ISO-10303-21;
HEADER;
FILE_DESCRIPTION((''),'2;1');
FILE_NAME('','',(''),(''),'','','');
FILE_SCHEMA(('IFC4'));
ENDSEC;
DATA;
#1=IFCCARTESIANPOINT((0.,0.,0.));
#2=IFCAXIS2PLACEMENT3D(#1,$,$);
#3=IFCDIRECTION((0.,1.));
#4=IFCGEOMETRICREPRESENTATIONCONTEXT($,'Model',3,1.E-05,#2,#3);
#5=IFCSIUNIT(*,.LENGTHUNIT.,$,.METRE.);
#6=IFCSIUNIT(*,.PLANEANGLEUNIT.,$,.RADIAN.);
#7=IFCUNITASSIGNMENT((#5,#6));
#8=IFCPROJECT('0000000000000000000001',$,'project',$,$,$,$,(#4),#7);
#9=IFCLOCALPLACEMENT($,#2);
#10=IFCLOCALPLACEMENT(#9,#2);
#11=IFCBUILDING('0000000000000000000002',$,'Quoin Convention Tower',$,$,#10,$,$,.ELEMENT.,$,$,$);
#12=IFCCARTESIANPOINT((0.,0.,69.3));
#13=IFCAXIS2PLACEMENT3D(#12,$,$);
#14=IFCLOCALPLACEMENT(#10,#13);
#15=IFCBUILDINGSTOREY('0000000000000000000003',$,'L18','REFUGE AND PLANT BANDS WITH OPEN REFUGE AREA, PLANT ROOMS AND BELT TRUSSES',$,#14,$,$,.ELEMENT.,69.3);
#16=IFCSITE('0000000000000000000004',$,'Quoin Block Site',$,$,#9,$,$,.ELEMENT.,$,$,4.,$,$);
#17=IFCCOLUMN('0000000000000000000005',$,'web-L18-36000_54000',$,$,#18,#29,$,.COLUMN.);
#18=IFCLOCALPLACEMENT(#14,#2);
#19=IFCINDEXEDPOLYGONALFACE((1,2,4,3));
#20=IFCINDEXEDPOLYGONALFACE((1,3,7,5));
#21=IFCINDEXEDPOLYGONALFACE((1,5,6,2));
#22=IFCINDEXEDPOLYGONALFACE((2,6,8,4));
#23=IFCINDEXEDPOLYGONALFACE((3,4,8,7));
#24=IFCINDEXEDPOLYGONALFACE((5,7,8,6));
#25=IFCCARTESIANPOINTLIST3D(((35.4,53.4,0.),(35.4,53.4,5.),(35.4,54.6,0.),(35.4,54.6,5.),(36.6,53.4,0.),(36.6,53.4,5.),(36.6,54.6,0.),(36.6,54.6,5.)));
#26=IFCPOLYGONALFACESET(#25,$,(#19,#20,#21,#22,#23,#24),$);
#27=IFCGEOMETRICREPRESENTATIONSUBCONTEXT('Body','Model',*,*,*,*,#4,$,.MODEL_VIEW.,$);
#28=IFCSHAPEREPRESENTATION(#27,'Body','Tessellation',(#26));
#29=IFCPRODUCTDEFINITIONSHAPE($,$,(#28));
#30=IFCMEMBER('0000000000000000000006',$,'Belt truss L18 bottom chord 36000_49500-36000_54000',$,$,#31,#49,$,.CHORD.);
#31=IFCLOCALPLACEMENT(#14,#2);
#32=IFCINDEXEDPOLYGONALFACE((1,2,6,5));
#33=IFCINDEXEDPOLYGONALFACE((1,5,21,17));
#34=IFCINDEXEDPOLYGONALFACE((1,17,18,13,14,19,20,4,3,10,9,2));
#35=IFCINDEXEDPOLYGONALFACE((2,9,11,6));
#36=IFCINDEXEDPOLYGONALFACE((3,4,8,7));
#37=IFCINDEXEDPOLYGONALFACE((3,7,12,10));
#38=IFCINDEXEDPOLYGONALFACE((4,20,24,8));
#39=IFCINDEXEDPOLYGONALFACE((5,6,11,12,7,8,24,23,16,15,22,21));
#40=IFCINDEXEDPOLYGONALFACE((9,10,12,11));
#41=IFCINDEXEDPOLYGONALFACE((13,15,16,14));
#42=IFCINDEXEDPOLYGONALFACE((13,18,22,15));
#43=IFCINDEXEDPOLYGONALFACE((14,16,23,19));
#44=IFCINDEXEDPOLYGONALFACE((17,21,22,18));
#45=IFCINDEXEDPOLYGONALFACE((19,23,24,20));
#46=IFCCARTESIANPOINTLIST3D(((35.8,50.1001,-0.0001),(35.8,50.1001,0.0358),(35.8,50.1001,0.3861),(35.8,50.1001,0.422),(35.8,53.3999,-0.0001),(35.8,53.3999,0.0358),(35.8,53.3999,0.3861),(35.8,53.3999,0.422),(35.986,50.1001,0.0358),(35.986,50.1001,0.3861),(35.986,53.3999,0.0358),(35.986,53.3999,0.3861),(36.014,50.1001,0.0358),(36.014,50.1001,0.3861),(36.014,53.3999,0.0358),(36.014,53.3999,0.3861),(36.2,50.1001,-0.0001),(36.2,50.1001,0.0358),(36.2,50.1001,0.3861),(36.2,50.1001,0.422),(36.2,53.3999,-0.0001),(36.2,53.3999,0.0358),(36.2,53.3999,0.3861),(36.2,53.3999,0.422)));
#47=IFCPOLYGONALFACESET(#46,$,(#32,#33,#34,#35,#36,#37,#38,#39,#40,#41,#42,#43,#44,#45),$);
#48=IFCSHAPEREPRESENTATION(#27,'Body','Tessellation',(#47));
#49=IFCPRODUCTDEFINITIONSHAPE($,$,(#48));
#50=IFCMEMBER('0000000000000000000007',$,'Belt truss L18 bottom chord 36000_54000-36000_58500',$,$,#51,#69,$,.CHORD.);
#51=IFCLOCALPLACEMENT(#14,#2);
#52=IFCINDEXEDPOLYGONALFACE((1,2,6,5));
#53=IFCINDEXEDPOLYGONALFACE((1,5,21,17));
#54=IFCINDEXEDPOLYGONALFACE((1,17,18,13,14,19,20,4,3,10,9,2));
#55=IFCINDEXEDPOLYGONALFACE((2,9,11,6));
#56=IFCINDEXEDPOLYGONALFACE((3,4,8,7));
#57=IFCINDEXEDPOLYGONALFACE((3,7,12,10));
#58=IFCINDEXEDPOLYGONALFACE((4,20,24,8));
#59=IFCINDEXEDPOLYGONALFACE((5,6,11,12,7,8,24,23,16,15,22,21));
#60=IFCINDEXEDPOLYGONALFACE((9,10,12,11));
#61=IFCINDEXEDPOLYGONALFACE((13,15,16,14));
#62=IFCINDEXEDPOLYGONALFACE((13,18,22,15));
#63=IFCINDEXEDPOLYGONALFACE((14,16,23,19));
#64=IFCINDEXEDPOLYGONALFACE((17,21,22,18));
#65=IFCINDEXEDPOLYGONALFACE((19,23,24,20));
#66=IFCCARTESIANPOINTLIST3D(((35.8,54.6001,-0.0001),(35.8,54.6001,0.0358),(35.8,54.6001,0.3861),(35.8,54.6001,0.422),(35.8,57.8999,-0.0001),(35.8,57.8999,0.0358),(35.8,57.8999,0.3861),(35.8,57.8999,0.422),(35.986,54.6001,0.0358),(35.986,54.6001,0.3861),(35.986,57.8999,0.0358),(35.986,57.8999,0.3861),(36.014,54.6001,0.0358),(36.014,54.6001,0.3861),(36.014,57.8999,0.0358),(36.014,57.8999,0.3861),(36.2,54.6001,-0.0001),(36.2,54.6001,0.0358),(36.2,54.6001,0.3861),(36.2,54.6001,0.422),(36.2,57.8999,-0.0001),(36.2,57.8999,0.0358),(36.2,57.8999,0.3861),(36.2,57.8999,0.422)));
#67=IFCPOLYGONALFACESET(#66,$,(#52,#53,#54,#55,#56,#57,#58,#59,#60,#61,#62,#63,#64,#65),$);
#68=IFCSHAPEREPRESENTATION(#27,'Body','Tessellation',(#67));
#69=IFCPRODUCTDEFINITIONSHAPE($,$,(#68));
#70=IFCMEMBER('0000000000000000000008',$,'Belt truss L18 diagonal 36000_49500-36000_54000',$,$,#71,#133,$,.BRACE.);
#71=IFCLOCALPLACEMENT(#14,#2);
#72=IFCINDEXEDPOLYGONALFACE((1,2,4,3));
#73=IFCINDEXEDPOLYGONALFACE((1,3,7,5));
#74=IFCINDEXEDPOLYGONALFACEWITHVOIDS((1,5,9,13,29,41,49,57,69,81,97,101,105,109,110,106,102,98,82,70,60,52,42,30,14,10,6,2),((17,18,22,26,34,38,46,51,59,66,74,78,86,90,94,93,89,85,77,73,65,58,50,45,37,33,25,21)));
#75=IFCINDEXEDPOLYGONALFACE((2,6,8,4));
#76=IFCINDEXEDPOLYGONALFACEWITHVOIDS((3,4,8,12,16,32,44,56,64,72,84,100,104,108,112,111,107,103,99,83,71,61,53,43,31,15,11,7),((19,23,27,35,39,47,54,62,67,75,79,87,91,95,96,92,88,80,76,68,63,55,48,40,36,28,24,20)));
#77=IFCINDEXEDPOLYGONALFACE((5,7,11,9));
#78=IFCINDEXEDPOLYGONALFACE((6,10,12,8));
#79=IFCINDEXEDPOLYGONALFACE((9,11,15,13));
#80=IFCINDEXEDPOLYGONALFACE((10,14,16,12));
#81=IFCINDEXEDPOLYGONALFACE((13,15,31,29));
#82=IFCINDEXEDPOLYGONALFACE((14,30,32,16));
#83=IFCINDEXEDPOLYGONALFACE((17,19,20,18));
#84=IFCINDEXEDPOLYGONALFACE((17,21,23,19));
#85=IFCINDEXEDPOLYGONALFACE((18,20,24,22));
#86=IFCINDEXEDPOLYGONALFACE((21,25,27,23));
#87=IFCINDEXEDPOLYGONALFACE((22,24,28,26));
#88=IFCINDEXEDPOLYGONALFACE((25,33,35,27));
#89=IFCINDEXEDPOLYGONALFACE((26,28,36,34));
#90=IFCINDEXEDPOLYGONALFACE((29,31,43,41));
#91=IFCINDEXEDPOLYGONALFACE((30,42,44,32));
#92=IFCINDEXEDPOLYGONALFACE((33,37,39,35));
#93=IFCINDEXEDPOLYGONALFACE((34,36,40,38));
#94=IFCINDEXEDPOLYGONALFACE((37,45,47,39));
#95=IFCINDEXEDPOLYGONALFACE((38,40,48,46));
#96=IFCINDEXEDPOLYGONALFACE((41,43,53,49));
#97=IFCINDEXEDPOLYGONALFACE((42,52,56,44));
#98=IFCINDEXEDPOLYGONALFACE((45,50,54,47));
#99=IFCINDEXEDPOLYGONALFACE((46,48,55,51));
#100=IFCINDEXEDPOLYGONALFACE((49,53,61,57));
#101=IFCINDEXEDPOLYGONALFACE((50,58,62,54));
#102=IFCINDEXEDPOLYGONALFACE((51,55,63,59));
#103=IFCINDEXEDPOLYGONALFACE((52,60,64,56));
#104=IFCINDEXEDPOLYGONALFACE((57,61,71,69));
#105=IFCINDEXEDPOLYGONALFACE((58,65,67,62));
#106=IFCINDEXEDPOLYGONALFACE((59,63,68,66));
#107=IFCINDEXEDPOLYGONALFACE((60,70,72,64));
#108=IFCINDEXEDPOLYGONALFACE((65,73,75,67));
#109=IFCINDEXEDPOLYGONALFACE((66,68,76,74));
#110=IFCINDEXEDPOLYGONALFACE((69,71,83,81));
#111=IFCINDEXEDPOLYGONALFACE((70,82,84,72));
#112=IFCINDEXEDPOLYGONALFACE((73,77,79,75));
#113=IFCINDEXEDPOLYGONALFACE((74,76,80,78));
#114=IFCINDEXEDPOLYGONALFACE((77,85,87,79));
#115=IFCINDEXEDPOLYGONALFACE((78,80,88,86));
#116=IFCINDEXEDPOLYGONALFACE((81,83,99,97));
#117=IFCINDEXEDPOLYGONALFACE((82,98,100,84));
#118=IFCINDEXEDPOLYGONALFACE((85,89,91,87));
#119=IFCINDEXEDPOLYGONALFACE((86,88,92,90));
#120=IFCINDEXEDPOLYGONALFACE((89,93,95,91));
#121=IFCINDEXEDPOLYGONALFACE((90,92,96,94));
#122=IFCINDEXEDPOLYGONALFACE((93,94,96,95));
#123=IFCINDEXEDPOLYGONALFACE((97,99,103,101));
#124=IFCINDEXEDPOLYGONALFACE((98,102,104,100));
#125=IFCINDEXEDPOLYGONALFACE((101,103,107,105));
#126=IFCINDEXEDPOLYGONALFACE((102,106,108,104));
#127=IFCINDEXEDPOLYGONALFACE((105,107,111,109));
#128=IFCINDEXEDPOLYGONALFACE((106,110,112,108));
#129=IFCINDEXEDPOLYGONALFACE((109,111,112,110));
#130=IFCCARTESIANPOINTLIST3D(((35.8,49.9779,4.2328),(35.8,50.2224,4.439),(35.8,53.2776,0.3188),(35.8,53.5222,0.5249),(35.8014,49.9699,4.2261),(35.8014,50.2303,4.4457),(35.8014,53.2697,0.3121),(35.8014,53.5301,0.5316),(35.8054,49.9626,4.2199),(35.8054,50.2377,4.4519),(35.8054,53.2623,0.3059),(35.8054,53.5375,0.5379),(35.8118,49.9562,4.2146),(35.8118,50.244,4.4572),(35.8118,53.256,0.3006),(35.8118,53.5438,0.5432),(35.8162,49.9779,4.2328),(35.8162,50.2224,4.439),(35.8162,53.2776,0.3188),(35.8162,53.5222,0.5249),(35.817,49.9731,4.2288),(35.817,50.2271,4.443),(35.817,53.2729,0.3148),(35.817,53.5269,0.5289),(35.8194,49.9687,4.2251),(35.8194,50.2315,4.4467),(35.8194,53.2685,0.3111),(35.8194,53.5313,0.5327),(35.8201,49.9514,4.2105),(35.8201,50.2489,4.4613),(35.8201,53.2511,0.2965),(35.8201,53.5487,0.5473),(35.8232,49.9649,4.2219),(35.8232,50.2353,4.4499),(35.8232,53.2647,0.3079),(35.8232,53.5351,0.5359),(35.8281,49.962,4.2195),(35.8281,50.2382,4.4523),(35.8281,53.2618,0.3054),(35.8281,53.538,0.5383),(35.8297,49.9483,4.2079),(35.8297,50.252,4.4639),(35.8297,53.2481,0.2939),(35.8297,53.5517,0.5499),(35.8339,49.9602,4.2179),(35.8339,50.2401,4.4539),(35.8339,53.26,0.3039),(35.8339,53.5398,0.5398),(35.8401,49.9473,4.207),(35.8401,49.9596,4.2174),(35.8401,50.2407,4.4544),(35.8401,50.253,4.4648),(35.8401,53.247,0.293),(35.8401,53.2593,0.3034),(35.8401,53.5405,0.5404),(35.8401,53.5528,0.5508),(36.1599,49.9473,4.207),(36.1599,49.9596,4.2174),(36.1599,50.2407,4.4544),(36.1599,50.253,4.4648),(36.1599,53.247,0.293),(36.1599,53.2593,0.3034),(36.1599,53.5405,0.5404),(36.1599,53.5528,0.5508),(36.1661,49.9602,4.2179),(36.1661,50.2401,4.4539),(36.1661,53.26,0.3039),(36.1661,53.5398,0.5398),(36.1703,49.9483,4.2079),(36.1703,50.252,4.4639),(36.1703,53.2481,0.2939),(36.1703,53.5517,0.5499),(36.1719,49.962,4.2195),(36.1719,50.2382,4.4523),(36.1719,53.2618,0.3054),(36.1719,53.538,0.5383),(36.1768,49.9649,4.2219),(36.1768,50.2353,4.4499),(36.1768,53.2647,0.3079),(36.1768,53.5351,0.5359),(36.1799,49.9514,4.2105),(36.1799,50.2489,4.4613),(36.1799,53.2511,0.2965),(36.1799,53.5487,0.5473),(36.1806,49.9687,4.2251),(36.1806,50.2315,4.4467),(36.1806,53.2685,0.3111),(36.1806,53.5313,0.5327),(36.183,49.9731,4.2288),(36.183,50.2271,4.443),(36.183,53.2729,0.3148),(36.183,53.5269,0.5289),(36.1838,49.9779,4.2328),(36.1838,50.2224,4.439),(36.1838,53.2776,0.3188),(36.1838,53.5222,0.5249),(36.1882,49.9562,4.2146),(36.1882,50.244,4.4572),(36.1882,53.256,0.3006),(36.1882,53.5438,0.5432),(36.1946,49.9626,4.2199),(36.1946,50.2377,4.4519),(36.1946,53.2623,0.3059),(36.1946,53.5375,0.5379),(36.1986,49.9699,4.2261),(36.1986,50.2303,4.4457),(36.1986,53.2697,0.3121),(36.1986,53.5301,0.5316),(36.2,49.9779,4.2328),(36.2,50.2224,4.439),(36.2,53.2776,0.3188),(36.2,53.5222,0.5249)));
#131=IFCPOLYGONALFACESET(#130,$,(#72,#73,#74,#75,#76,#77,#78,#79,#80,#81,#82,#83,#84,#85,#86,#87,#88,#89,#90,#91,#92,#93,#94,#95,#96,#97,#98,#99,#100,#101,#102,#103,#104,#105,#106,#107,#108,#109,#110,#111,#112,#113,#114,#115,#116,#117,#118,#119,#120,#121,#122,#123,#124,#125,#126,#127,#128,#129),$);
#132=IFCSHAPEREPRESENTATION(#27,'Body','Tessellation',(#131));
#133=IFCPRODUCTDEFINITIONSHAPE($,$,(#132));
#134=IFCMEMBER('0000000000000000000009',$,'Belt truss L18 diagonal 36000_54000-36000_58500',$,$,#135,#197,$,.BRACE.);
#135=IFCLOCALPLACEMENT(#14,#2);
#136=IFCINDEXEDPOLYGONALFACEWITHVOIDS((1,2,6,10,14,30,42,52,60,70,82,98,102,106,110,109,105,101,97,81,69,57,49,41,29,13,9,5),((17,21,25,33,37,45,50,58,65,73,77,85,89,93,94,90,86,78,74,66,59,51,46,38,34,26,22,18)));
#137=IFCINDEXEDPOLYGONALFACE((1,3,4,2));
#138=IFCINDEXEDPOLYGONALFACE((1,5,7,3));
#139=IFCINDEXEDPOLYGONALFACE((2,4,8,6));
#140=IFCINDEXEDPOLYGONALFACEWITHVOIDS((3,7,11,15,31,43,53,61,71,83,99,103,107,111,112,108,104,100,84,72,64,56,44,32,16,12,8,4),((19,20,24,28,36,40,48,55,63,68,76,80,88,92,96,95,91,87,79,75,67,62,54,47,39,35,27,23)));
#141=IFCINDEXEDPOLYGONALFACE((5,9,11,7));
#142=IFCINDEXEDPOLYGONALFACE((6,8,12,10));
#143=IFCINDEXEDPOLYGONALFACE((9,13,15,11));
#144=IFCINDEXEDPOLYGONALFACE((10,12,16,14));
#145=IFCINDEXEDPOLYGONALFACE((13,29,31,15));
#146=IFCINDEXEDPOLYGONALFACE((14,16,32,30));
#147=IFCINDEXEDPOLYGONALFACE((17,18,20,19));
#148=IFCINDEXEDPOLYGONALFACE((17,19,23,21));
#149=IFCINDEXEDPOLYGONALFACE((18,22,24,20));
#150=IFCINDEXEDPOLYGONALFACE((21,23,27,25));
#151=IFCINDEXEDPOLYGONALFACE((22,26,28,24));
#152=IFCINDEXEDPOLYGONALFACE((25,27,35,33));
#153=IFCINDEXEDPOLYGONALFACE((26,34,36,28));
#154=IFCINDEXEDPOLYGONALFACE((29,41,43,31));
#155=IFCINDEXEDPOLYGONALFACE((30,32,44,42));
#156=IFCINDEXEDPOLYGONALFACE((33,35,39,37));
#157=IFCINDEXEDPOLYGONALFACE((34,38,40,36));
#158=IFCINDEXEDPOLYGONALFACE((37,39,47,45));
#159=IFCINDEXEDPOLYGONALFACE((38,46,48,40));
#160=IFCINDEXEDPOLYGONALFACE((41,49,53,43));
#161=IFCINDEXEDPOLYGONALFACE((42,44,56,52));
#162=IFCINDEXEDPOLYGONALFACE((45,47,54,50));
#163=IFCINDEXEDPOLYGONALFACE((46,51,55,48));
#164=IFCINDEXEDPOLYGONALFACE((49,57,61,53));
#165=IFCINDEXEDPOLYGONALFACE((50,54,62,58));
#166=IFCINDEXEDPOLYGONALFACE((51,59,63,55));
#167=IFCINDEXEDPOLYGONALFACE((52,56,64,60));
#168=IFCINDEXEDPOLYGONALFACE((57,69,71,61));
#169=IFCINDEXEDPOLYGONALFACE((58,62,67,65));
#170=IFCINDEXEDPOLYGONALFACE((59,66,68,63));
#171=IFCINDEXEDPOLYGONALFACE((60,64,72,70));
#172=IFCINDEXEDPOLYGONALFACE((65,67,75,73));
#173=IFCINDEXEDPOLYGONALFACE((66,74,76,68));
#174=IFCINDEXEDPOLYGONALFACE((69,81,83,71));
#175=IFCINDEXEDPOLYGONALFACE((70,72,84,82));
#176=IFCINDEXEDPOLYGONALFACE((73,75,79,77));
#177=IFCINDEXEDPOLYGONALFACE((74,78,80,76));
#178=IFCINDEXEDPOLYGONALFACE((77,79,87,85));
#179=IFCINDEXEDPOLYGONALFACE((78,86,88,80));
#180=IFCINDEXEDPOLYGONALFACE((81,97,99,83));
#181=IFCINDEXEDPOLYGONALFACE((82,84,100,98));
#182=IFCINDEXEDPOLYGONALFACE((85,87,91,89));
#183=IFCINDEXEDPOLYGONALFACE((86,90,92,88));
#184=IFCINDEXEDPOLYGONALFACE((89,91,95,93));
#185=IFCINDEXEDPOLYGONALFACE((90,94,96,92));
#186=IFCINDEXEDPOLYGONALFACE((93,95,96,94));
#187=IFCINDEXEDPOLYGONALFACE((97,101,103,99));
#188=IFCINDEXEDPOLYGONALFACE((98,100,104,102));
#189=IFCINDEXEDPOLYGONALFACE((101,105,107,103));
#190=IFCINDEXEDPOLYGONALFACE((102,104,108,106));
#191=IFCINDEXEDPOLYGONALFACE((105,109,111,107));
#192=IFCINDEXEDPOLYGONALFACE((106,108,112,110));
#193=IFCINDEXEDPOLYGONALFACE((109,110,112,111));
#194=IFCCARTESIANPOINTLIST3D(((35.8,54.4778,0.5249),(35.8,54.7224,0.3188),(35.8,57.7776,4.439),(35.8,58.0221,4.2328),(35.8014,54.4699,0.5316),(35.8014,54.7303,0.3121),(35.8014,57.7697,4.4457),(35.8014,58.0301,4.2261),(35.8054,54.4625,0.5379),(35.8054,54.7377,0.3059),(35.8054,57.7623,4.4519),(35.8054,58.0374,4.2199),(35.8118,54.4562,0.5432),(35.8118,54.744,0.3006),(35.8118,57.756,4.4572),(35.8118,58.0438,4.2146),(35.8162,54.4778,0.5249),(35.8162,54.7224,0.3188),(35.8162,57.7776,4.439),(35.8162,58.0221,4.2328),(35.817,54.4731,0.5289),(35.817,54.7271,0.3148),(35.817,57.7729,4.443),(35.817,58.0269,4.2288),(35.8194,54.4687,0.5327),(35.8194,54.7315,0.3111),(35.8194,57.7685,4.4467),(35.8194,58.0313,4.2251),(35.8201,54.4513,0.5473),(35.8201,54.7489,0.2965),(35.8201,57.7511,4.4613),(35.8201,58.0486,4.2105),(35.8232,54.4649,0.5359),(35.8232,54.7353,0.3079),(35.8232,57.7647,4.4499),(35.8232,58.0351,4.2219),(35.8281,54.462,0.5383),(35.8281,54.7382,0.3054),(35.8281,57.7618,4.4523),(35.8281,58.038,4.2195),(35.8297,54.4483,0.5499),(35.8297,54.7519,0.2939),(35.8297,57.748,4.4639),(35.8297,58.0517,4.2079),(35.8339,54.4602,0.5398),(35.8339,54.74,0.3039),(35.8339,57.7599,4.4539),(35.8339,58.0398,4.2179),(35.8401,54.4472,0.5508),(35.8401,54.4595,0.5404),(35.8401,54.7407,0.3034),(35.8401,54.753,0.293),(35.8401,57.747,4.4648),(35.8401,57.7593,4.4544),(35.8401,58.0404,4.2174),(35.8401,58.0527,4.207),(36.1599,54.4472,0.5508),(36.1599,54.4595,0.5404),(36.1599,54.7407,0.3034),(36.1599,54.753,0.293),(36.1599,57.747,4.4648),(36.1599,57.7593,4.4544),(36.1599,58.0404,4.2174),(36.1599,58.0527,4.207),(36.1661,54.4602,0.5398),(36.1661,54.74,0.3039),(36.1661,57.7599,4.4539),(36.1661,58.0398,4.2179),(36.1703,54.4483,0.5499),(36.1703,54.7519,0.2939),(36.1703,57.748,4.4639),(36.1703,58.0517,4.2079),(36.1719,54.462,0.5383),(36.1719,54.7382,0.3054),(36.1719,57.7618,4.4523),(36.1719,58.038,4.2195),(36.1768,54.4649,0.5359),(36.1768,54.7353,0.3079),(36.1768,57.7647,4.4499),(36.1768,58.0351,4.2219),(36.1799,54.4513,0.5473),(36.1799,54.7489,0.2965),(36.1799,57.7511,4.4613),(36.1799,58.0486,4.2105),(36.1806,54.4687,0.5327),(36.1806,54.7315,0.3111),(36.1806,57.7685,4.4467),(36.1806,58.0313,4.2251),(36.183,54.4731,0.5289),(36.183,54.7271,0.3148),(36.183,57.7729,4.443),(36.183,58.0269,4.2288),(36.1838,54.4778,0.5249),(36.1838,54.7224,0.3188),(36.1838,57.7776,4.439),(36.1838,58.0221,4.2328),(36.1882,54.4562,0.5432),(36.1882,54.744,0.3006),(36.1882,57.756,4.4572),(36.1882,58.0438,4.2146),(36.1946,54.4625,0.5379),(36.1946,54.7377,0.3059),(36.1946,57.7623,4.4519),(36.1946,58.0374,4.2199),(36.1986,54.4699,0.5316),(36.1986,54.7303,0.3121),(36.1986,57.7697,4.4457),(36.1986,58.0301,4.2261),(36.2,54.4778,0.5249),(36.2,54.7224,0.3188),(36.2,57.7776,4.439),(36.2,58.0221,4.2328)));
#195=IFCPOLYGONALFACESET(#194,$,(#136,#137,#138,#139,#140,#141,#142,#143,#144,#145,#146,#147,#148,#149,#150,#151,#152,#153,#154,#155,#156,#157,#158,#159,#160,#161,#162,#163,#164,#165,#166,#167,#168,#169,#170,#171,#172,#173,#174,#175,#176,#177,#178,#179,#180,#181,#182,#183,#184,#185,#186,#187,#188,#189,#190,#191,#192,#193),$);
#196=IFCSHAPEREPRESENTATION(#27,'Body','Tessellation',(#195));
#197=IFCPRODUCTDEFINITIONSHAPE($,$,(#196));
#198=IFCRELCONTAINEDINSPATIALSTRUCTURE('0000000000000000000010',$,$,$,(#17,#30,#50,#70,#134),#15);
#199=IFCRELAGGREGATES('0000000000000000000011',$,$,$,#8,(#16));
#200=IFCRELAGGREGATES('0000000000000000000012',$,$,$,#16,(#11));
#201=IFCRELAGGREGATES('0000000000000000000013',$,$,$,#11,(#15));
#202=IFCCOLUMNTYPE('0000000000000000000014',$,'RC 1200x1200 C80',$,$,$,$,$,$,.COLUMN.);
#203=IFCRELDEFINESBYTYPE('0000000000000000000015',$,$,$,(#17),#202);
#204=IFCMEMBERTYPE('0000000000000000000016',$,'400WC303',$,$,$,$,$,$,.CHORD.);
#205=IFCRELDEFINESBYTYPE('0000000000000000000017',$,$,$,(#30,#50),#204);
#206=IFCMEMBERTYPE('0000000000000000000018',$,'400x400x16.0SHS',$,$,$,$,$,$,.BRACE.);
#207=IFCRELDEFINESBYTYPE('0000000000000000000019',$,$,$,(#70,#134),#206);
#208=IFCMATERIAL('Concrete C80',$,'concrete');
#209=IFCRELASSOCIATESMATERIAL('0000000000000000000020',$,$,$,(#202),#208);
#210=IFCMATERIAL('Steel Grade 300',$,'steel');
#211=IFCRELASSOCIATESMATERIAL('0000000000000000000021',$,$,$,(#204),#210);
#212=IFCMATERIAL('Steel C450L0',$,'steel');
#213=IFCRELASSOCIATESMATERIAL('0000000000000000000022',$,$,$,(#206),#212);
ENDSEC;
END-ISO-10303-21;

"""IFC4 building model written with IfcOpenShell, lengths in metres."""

from ifc_helpers import new_model, si_unit, direction, frame, origin, origin_2d, place, context, subcontext, project, spatial, rectangle, hollow_rectangle, i_section, extrude, material, material_profile, profile_set, type_object, element, save


model = new_model("IFC4")

# Units and contexts
model_context = context("Model", 3, precision=1e-05, world=origin(), true_north=direction((0.0, 1.0)))
body_context = subcontext(model_context, "Body", "Model", "MODEL_VIEW")
ifc_project = project(units=[si_unit("LENGTHUNIT", "METRE"), si_unit("PLANEANGLEUNIT", "RADIAN")], contexts=[model_context])

# Site, building, storey
site_placement = place(None, origin())
site = spatial("IfcSite", under=ifc_project, at=site_placement, Name="Quoin Block Site", CompositionType="ELEMENT", RefElevation=4.0)
building_placement = place(site_placement, origin())
building = spatial("IfcBuilding", under=site, at=building_placement, Name="Quoin Convention Tower", CompositionType="ELEMENT")
storey_placement = place(building_placement, frame((0.0, 0.0, 69.3)))
storey = spatial("IfcBuildingStorey", under=building, at=storey_placement, Name="L18", Description="REFUGE AND PLANT BANDS WITH OPEN REFUGE AREA, PLANT ROOMS AND BELT TRUSSES", CompositionType="ELEMENT", Elevation=69.3)

# Column
ifc_material_1 = material(Name="Concrete C80", Category="concrete")
ifc_material_profile_1 = material_profile(ifc_material_1, rectangle(XDim=1.2, YDim=1.2, at=origin_2d()), Name="RC 1200x1200")
ifc_profile_set_1 = profile_set([ifc_material_profile_1], Name="Concrete C80")
column_type = type_object("IfcColumnType", Name="RC 1200x1200 C80", PredefinedType="COLUMN", material=ifc_profile_set_1)
column_placement = place(storey_placement, frame((36.0, 54.0, 0.0), z_axis=(0.0, 0.0, 1.0), x_axis=(1.0, 0.0, 0.0)))
element("IfcColumn", 1, at=column_placement, inside=storey, type_object=column_type, Name="web-L18-36000_54000", PredefinedType="COLUMN", context=body_context, shape_type="SweptSolid", body=[
    extrude(rectangle(XDim=1.2, YDim=1.2, at=origin_2d()), origin(), (0.0, 0.0, 1.0), 5.0),
])

# Members
ifc_material_2 = material(Name="Steel Grade 300", Category="steel")
ifc_material_profile_2 = material_profile(ifc_material_2, i_section(OverallWidth=0.3999, OverallDepth=0.4221, WebThickness=0.0281, FlangeThickness=0.0359, at=origin_2d()), Name="400WC303")
ifc_profile_set_2 = profile_set([ifc_material_profile_2], Name="Steel Grade 300")
member_type_1 = type_object("IfcMemberType", Name="400WC303", PredefinedType="CHORD", material=ifc_profile_set_2)
for number, where, z_axis, x_axis, name in (
    (2, (36.0, 50.1001, 0.2109), (0.0, 1.0, 0.0), (-1.0, 0.0, 0.0), "Belt truss L18 bottom chord 36000_49500-36000_54000"),
    (3, (36.0, 54.6001, 0.2109), (0.0, 1.0, 0.0), (-1.0, 0.0, 0.0), "Belt truss L18 bottom chord 36000_54000-36000_58500"),
):
    element("IfcMember", number, at=place(storey_placement, frame(where, z_axis=z_axis, x_axis=x_axis)), inside=storey, type_object=member_type_1, Name=name, PredefinedType="CHORD", context=body_context, shape_type="SweptSolid", body=[
        extrude(i_section(OverallWidth=0.3999, OverallDepth=0.4221, WebThickness=0.0281, FlangeThickness=0.0359, at=origin_2d()), origin(), (0.0, 0.0, 1.0), 3.2998),
    ])
ifc_material_3 = material(Name="Steel C450L0", Category="steel")
ifc_material_profile_3 = material_profile(ifc_material_3, hollow_rectangle(XDim=0.3999, YDim=0.3999, WallThickness=0.0161, InnerFilletRadius=0.0239, OuterFilletRadius=0.04, at=origin_2d()), Name="400x400x16.0SHS")
ifc_profile_set_3 = profile_set([ifc_material_profile_3], Name="Steel C450L0")
member_type_2 = type_object("IfcMemberType", Name="400x400x16.0SHS", PredefinedType="BRACE", material=ifc_profile_set_3)
for number, where, z_axis, x_axis, name in (
    (4, (36.0, 53.3999, 0.4219), (0.0, -0.644564, 0.76455), (1.0, 0.0, 0.0), "Belt truss L18 diagonal 36000_49500-36000_54000"),
    (5, (36.0, 54.6001, 0.4219), (0.0, 0.644564, 0.76455), (-1.0, 0.0, 0.0), "Belt truss L18 diagonal 36000_54000-36000_58500"),
):
    element("IfcMember", number, at=place(storey_placement, frame(where, z_axis=z_axis, x_axis=x_axis)), inside=storey, type_object=member_type_2, Name=name, PredefinedType="BRACE", context=body_context, shape_type="SweptSolid", body=[
        extrude(hollow_rectangle(XDim=0.3999, YDim=0.3999, WallThickness=0.0161, InnerFilletRadius=0.0239, OuterFilletRadius=0.04, at=origin_2d()), origin(), (0.0, 0.0, 1.0), 5.1194),
    ])

save(model, "model.ifc")
